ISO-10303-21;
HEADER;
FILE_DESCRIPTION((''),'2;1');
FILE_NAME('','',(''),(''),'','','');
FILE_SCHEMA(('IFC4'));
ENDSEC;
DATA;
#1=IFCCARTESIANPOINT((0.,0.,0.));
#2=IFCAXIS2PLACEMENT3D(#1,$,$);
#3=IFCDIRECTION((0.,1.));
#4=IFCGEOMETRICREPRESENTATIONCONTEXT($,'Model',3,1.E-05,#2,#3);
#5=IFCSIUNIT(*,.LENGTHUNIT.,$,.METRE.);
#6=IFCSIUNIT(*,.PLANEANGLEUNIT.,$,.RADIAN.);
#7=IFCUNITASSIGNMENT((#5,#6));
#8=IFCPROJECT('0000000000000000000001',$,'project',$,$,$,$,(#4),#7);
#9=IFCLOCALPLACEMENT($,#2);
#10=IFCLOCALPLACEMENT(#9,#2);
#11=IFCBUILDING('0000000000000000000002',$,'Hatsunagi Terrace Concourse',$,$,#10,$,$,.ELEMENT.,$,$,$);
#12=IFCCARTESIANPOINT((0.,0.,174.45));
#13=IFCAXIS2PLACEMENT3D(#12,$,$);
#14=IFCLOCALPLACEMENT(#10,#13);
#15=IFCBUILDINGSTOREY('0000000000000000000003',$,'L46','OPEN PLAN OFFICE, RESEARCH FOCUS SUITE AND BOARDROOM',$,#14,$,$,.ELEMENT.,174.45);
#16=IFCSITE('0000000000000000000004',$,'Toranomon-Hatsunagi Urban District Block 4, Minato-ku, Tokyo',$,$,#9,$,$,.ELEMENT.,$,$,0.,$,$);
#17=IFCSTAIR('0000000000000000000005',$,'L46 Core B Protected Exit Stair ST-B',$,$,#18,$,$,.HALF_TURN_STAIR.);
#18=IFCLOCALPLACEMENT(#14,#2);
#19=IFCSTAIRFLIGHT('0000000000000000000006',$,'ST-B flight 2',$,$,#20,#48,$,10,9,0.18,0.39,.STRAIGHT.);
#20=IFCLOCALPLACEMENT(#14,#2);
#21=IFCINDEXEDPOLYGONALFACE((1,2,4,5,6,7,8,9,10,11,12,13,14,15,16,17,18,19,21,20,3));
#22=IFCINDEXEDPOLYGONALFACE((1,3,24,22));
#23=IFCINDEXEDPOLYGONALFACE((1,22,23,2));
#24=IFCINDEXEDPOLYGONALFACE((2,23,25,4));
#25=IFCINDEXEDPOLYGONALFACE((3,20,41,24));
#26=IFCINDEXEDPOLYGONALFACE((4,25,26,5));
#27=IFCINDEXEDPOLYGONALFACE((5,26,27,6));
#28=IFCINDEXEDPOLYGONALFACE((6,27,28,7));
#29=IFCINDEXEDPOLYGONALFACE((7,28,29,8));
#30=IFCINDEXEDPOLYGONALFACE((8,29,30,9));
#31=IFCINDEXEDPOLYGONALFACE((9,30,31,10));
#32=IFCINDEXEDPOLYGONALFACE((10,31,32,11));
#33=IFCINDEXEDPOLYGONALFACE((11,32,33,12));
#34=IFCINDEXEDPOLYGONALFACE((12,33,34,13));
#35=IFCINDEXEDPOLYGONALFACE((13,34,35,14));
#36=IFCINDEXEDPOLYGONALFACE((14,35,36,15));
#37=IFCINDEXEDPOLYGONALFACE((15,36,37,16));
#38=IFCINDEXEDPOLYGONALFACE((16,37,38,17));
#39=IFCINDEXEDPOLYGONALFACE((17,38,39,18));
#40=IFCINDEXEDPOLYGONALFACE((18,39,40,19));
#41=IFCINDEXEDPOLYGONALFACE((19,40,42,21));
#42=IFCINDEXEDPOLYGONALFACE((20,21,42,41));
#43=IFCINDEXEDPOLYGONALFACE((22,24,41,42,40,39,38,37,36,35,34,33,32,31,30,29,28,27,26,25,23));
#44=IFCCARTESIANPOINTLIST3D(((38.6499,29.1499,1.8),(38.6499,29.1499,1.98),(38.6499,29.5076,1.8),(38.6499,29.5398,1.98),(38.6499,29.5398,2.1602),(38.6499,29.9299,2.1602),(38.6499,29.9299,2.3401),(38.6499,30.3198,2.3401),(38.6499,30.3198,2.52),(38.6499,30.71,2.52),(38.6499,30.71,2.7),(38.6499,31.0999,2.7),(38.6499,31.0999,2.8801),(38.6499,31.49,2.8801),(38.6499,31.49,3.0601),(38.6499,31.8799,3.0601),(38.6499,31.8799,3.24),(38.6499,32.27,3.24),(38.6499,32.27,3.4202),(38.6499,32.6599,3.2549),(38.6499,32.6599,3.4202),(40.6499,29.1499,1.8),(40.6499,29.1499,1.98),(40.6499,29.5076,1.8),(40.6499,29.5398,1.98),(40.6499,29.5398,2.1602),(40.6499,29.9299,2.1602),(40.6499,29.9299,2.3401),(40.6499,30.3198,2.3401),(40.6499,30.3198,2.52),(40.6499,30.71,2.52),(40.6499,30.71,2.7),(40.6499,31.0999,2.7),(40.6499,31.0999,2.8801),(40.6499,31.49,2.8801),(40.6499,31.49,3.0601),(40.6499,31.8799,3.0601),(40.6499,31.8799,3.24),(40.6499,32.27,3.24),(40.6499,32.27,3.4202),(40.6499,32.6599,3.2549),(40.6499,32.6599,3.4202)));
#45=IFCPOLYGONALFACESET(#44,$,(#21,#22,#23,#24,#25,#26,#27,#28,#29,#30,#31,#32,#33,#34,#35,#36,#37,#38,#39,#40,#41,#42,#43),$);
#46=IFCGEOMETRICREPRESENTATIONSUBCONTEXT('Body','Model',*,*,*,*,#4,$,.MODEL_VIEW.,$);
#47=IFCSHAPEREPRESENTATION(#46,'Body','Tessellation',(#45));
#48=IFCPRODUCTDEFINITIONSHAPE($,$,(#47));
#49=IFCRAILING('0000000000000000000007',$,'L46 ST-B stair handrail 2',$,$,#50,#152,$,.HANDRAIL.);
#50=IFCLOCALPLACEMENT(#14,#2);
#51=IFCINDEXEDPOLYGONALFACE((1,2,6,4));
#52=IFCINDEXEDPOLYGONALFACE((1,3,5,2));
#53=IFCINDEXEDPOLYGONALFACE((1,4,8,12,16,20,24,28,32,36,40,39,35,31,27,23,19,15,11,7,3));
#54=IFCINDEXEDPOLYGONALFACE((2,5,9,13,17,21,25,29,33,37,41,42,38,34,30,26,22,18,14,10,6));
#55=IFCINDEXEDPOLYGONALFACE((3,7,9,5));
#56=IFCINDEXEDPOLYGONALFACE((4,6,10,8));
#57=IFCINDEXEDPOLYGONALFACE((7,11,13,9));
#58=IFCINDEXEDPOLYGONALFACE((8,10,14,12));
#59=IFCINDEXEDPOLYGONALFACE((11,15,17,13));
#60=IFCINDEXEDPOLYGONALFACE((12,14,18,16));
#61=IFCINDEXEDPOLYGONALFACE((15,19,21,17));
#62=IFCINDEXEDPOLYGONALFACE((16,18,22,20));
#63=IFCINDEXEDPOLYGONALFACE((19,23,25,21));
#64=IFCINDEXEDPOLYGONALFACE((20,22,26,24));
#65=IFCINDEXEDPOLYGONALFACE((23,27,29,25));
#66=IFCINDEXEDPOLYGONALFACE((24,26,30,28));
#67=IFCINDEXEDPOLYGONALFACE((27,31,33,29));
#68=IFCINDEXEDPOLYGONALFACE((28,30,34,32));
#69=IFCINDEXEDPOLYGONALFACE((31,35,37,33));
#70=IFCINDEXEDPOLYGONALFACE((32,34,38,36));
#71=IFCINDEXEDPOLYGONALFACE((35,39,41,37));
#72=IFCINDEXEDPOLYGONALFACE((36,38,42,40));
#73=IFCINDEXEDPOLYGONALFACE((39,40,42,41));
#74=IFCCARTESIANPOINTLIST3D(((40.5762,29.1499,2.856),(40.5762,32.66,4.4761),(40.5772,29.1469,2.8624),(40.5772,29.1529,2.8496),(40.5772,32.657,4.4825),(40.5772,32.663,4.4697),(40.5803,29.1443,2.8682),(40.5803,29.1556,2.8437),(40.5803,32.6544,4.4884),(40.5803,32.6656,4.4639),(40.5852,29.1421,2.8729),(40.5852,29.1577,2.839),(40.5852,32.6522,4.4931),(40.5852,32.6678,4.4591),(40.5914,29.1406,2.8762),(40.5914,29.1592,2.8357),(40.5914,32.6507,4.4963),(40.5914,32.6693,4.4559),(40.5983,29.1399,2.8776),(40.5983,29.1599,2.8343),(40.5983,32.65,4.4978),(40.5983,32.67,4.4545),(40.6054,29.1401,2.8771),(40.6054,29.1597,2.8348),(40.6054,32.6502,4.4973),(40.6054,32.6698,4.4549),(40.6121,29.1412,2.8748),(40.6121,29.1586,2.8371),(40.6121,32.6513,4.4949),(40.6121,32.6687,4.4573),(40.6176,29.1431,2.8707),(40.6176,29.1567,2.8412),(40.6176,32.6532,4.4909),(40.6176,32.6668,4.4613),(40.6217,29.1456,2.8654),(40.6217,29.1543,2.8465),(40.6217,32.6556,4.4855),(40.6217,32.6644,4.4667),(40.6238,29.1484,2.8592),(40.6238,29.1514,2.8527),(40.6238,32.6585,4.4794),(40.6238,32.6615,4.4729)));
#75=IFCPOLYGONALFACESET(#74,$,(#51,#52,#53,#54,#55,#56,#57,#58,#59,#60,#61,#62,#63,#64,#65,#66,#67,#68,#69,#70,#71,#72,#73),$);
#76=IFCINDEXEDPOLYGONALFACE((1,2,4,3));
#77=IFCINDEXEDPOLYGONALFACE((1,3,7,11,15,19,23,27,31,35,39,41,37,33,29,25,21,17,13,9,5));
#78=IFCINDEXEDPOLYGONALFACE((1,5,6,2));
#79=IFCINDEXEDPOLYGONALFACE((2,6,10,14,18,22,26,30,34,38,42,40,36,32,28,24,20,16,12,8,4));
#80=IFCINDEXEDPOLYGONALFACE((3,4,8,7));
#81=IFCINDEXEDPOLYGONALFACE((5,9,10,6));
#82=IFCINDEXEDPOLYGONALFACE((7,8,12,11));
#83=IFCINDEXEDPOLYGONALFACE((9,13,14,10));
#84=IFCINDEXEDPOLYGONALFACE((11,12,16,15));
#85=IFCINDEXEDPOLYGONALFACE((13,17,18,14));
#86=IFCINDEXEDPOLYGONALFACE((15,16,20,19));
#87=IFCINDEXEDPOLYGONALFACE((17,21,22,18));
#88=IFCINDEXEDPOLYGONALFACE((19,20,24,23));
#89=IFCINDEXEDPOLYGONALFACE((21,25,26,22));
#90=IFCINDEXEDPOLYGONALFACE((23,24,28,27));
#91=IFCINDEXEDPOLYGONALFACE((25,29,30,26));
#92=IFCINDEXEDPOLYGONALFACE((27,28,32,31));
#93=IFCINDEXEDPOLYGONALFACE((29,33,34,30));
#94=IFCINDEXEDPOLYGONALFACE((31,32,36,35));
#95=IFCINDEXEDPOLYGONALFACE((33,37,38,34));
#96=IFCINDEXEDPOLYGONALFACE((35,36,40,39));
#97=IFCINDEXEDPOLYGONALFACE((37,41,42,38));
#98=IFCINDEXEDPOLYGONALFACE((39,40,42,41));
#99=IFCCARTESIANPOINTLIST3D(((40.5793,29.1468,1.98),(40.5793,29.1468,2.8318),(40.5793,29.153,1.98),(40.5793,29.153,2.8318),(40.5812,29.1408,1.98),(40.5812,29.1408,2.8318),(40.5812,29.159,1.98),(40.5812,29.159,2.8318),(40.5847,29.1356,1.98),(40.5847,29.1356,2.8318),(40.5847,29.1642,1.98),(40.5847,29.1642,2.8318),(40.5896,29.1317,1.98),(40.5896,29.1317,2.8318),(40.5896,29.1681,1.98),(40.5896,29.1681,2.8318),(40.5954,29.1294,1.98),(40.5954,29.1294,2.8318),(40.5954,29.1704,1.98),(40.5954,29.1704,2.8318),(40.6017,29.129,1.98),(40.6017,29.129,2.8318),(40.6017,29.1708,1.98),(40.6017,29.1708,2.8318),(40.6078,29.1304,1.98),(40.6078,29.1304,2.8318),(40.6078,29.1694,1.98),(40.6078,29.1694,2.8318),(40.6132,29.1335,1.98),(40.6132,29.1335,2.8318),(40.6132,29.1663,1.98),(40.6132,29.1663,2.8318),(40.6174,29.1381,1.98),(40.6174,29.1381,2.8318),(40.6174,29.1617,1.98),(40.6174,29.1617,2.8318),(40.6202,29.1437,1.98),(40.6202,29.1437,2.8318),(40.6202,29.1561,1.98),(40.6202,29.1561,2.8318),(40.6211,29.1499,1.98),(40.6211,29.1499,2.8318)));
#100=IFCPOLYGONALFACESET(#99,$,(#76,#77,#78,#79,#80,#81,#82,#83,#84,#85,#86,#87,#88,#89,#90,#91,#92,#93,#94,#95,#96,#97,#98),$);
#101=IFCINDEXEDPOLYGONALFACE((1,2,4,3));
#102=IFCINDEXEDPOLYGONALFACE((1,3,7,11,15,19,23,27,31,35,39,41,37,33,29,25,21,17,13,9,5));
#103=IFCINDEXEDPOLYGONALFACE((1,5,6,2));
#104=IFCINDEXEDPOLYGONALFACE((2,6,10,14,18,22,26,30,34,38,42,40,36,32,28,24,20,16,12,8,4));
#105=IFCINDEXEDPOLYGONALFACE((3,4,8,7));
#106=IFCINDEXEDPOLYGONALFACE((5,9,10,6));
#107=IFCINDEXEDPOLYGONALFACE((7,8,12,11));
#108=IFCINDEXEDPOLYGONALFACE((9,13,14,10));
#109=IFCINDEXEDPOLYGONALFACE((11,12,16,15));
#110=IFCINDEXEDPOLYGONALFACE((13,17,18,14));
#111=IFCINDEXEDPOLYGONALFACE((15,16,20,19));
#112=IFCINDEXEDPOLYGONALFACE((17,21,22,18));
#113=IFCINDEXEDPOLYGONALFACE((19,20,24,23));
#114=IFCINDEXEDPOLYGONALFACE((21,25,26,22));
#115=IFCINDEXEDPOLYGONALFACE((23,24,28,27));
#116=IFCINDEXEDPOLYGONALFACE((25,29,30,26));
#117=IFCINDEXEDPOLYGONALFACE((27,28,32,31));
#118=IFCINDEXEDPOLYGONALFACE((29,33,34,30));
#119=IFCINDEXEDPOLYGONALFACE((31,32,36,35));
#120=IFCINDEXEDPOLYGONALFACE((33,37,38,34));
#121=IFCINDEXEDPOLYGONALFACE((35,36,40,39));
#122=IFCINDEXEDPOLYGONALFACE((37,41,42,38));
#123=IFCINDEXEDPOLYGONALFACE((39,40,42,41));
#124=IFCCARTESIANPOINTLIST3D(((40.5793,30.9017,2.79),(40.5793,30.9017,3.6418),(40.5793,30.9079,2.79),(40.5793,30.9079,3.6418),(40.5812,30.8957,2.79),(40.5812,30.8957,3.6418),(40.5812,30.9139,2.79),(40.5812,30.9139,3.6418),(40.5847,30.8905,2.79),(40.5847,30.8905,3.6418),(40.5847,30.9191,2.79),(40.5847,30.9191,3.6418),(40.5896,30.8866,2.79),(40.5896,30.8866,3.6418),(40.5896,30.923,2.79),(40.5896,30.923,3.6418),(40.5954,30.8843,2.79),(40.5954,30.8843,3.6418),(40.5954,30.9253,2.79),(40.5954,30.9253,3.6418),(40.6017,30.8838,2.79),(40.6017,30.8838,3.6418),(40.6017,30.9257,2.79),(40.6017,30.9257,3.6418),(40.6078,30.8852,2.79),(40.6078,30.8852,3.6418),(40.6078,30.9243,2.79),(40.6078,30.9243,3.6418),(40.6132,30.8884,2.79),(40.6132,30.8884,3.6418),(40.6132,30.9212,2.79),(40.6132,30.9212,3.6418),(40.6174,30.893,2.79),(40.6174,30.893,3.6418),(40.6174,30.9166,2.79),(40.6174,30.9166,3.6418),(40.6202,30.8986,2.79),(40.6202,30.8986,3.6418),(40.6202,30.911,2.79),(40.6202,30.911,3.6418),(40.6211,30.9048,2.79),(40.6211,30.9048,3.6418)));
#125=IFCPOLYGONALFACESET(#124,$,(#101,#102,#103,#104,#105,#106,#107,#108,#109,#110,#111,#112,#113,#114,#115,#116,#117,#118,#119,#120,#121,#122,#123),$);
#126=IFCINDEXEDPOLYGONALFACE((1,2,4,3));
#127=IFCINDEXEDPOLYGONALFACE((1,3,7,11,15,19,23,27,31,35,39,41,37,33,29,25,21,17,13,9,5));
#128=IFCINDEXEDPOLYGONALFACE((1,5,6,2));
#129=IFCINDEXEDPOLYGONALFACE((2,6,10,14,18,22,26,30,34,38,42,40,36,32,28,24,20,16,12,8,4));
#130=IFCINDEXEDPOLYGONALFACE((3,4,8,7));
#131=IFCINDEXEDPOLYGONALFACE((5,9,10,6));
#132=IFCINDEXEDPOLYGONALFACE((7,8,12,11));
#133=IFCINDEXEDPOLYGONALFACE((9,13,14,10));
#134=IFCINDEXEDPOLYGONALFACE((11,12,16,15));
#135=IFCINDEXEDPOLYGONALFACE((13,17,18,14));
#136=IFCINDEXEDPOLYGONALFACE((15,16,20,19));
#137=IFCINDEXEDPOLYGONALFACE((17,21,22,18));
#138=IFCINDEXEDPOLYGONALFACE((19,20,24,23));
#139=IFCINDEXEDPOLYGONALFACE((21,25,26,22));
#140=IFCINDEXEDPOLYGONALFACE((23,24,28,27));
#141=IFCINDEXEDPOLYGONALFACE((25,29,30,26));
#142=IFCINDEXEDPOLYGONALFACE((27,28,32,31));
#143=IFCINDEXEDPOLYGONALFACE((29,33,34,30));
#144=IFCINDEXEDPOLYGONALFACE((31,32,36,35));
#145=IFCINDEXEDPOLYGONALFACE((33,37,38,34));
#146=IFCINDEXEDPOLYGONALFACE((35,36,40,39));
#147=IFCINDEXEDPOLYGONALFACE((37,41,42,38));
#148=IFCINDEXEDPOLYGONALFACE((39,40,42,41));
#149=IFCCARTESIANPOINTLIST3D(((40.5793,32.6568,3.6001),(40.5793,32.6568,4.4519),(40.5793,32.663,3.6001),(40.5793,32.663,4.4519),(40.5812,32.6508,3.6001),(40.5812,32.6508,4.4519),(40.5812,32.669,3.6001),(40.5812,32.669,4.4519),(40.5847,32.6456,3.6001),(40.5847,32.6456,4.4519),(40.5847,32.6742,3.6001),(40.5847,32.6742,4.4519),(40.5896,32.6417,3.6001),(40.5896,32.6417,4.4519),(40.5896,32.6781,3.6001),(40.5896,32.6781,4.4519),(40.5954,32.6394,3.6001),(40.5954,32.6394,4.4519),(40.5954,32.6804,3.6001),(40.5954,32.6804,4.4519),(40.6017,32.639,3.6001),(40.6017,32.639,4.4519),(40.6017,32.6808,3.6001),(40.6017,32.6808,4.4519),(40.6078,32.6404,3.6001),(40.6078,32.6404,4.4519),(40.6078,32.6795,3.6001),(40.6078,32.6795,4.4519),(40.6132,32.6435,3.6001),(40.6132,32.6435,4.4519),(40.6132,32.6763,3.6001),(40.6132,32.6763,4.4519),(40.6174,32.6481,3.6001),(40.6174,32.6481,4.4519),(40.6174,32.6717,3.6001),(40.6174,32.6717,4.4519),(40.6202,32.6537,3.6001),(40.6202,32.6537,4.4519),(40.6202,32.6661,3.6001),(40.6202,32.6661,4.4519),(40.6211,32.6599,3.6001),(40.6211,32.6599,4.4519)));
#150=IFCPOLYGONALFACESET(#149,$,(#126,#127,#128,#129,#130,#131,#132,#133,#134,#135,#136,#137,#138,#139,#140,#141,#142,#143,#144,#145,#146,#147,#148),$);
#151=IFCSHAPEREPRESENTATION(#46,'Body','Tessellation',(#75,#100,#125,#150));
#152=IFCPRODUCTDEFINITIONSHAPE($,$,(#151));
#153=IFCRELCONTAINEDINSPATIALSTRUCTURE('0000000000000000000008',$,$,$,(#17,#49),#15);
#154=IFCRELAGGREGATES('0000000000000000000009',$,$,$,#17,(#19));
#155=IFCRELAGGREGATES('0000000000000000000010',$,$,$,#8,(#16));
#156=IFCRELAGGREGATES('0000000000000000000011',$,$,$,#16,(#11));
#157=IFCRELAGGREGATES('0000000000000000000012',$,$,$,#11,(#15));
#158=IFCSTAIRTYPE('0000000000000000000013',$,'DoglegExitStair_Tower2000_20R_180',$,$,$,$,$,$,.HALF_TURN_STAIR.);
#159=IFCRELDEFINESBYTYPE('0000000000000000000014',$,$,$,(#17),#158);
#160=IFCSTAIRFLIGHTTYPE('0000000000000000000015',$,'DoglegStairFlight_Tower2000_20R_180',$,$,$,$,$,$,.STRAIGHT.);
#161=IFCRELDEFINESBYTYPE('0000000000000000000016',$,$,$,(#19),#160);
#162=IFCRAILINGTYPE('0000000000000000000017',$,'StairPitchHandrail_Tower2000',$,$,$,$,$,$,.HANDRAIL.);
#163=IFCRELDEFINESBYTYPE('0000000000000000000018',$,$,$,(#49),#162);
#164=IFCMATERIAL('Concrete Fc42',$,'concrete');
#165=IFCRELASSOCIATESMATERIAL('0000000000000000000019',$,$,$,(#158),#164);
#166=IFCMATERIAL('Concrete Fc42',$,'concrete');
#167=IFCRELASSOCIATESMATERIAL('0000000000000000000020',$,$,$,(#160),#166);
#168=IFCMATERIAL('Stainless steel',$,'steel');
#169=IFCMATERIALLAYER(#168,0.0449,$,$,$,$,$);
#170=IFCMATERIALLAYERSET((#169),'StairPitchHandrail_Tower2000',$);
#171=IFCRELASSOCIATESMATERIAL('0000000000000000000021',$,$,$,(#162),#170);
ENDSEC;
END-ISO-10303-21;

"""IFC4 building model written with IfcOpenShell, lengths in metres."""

from ifc_helpers import new_model, si_unit, direction, frame, origin, origin_2d, place, context, subcontext, project, spatial, polyline, circle, outline, extrude, material, layer, layer_set, type_object, element, aggregate, save


model = new_model("IFC4")

# Units and contexts
model_context = context("Model", 3, precision=1e-05, world=origin(), true_north=direction((0.0, 1.0)))
body_context = subcontext(model_context, "Body", "Model", "MODEL_VIEW")
ifc_project = project(units=[si_unit("LENGTHUNIT", "METRE"), si_unit("PLANEANGLEUNIT", "RADIAN")], contexts=[model_context])

# Site, building, storey
site_placement = place(None, origin())
site = spatial("IfcSite", under=ifc_project, at=site_placement, Name="Toranomon-Hatsunagi Urban District Block 4, Minato-ku, Tokyo", CompositionType="ELEMENT", RefElevation=0.0)
building_placement = place(site_placement, origin())
building = spatial("IfcBuilding", under=site, at=building_placement, Name="Hatsunagi Terrace Concourse", CompositionType="ELEMENT")
storey_placement = place(building_placement, frame((0.0, 0.0, 174.45)))
storey = spatial("IfcBuildingStorey", under=building, at=storey_placement, Name="L46", Description="OPEN PLAN OFFICE, RESEARCH FOCUS SUITE AND BOARDROOM", CompositionType="ELEMENT", Elevation=174.45)

# Stair, stair flight
ifc_material_1 = material(Name="Concrete Fc42", Category="concrete")
stair_type = type_object("IfcStairType", Name="DoglegExitStair_Tower2000_20R_180", PredefinedType="HALF_TURN_STAIR", material=ifc_material_1)
stair_placement = place(storey_placement, origin())
stair = element("IfcStair", 1, at=stair_placement, inside=storey, type_object=stair_type, Name="L46 Core B Protected Exit Stair ST-B", PredefinedType="HALF_TURN_STAIR")
ifc_material_2 = material(Name="Concrete Fc42", Category="concrete")
stair_flight_type = type_object("IfcStairFlightType", Name="DoglegStairFlight_Tower2000_20R_180", PredefinedType="STRAIGHT", material=ifc_material_2)
stair_flight_placement = place(storey_placement, frame((39.6499, 29.1499, 1.8), z_axis=(0.0, 0.0, 1.0), x_axis=(0.0, 1.0, 0.0)))
stair_flight = element("IfcStairFlight", 2, at=stair_flight_placement, type_object=stair_flight_type, Name="ST-B flight 2", NumberOfRisers=10, NumberOfTreads=9, PredefinedType="STRAIGHT", RiserHeight=0.18, TreadLength=0.39, context=body_context, shape_type="SweptSolid", body=[
    extrude(outline(polyline([(0.0, 0.0), (0.0, 0.1799), (0.3899, 0.1799), (0.3899, 0.3601), (0.78, 0.3601), (0.78, 0.54), (1.1699, 0.54), (1.1699, 0.72), (1.5601, 0.72), (1.5601, 0.8999), (1.95, 0.8999), (1.95, 1.0801), (2.3401, 1.0801), (2.3401, 1.26), (2.73, 1.26), (2.73, 1.4399), (3.1201, 1.4399), (3.1201, 1.6201), (3.51, 1.6201), (3.51, 1.8), (3.51, 1.4548), (0.3577, 0.0), (0.0, 0.0)])), frame((0.0, 1.0, 0.0), z_axis=(0.0, -1.0, 0.0), x_axis=(1.0, 0.0, 0.0)), (0.0, 0.0, 1.0), 2.0),
])
aggregate(stair, [stair_flight])

# Railing
ifc_material_3 = material(Name="Stainless steel", Category="steel")
ifc_layer_1 = layer(ifc_material_3, 0.0449)
ifc_layer_set_1 = layer_set([ifc_layer_1], Name="StairPitchHandrail_Tower2000")
railing_type_1 = type_object("IfcRailingType", Name="StairPitchHandrail_Tower2000", PredefinedType="HANDRAIL", material=ifc_layer_set_1)
railing_1_placement = place(storey_placement, frame((40.6001, 29.1499, 1.98)))
element("IfcRailing", 3, at=railing_1_placement, inside=storey, type_object=railing_type_1, Name="L46 ST-B stair handrail 2", PredefinedType="HANDRAIL", context=body_context, shape_type="SweptSolid", body=[
    extrude(circle(Radius=0.0239, at=origin_2d()), frame((0.0, 0.0, 0.876), z_axis=(0.0, 0.907948, 0.419082), x_axis=(-1.0, 0.0, 0.0)), (0.0, 0.0, 1.0), 3.866),
    extrude(circle(Radius=0.021, at=origin_2d()), origin(), (0.0, 0.0, 1.0), 0.8518),
    extrude(circle(Radius=0.021, at=origin_2d()), frame((0.0, 1.7549, 0.8101)), (0.0, 0.0, 1.0), 0.8518),
    extrude(circle(Radius=0.021, at=origin_2d()), frame((0.0, 3.51, 1.6201)), (0.0, 0.0, 1.0), 0.8518),
])

save(model, "model.ifc")
